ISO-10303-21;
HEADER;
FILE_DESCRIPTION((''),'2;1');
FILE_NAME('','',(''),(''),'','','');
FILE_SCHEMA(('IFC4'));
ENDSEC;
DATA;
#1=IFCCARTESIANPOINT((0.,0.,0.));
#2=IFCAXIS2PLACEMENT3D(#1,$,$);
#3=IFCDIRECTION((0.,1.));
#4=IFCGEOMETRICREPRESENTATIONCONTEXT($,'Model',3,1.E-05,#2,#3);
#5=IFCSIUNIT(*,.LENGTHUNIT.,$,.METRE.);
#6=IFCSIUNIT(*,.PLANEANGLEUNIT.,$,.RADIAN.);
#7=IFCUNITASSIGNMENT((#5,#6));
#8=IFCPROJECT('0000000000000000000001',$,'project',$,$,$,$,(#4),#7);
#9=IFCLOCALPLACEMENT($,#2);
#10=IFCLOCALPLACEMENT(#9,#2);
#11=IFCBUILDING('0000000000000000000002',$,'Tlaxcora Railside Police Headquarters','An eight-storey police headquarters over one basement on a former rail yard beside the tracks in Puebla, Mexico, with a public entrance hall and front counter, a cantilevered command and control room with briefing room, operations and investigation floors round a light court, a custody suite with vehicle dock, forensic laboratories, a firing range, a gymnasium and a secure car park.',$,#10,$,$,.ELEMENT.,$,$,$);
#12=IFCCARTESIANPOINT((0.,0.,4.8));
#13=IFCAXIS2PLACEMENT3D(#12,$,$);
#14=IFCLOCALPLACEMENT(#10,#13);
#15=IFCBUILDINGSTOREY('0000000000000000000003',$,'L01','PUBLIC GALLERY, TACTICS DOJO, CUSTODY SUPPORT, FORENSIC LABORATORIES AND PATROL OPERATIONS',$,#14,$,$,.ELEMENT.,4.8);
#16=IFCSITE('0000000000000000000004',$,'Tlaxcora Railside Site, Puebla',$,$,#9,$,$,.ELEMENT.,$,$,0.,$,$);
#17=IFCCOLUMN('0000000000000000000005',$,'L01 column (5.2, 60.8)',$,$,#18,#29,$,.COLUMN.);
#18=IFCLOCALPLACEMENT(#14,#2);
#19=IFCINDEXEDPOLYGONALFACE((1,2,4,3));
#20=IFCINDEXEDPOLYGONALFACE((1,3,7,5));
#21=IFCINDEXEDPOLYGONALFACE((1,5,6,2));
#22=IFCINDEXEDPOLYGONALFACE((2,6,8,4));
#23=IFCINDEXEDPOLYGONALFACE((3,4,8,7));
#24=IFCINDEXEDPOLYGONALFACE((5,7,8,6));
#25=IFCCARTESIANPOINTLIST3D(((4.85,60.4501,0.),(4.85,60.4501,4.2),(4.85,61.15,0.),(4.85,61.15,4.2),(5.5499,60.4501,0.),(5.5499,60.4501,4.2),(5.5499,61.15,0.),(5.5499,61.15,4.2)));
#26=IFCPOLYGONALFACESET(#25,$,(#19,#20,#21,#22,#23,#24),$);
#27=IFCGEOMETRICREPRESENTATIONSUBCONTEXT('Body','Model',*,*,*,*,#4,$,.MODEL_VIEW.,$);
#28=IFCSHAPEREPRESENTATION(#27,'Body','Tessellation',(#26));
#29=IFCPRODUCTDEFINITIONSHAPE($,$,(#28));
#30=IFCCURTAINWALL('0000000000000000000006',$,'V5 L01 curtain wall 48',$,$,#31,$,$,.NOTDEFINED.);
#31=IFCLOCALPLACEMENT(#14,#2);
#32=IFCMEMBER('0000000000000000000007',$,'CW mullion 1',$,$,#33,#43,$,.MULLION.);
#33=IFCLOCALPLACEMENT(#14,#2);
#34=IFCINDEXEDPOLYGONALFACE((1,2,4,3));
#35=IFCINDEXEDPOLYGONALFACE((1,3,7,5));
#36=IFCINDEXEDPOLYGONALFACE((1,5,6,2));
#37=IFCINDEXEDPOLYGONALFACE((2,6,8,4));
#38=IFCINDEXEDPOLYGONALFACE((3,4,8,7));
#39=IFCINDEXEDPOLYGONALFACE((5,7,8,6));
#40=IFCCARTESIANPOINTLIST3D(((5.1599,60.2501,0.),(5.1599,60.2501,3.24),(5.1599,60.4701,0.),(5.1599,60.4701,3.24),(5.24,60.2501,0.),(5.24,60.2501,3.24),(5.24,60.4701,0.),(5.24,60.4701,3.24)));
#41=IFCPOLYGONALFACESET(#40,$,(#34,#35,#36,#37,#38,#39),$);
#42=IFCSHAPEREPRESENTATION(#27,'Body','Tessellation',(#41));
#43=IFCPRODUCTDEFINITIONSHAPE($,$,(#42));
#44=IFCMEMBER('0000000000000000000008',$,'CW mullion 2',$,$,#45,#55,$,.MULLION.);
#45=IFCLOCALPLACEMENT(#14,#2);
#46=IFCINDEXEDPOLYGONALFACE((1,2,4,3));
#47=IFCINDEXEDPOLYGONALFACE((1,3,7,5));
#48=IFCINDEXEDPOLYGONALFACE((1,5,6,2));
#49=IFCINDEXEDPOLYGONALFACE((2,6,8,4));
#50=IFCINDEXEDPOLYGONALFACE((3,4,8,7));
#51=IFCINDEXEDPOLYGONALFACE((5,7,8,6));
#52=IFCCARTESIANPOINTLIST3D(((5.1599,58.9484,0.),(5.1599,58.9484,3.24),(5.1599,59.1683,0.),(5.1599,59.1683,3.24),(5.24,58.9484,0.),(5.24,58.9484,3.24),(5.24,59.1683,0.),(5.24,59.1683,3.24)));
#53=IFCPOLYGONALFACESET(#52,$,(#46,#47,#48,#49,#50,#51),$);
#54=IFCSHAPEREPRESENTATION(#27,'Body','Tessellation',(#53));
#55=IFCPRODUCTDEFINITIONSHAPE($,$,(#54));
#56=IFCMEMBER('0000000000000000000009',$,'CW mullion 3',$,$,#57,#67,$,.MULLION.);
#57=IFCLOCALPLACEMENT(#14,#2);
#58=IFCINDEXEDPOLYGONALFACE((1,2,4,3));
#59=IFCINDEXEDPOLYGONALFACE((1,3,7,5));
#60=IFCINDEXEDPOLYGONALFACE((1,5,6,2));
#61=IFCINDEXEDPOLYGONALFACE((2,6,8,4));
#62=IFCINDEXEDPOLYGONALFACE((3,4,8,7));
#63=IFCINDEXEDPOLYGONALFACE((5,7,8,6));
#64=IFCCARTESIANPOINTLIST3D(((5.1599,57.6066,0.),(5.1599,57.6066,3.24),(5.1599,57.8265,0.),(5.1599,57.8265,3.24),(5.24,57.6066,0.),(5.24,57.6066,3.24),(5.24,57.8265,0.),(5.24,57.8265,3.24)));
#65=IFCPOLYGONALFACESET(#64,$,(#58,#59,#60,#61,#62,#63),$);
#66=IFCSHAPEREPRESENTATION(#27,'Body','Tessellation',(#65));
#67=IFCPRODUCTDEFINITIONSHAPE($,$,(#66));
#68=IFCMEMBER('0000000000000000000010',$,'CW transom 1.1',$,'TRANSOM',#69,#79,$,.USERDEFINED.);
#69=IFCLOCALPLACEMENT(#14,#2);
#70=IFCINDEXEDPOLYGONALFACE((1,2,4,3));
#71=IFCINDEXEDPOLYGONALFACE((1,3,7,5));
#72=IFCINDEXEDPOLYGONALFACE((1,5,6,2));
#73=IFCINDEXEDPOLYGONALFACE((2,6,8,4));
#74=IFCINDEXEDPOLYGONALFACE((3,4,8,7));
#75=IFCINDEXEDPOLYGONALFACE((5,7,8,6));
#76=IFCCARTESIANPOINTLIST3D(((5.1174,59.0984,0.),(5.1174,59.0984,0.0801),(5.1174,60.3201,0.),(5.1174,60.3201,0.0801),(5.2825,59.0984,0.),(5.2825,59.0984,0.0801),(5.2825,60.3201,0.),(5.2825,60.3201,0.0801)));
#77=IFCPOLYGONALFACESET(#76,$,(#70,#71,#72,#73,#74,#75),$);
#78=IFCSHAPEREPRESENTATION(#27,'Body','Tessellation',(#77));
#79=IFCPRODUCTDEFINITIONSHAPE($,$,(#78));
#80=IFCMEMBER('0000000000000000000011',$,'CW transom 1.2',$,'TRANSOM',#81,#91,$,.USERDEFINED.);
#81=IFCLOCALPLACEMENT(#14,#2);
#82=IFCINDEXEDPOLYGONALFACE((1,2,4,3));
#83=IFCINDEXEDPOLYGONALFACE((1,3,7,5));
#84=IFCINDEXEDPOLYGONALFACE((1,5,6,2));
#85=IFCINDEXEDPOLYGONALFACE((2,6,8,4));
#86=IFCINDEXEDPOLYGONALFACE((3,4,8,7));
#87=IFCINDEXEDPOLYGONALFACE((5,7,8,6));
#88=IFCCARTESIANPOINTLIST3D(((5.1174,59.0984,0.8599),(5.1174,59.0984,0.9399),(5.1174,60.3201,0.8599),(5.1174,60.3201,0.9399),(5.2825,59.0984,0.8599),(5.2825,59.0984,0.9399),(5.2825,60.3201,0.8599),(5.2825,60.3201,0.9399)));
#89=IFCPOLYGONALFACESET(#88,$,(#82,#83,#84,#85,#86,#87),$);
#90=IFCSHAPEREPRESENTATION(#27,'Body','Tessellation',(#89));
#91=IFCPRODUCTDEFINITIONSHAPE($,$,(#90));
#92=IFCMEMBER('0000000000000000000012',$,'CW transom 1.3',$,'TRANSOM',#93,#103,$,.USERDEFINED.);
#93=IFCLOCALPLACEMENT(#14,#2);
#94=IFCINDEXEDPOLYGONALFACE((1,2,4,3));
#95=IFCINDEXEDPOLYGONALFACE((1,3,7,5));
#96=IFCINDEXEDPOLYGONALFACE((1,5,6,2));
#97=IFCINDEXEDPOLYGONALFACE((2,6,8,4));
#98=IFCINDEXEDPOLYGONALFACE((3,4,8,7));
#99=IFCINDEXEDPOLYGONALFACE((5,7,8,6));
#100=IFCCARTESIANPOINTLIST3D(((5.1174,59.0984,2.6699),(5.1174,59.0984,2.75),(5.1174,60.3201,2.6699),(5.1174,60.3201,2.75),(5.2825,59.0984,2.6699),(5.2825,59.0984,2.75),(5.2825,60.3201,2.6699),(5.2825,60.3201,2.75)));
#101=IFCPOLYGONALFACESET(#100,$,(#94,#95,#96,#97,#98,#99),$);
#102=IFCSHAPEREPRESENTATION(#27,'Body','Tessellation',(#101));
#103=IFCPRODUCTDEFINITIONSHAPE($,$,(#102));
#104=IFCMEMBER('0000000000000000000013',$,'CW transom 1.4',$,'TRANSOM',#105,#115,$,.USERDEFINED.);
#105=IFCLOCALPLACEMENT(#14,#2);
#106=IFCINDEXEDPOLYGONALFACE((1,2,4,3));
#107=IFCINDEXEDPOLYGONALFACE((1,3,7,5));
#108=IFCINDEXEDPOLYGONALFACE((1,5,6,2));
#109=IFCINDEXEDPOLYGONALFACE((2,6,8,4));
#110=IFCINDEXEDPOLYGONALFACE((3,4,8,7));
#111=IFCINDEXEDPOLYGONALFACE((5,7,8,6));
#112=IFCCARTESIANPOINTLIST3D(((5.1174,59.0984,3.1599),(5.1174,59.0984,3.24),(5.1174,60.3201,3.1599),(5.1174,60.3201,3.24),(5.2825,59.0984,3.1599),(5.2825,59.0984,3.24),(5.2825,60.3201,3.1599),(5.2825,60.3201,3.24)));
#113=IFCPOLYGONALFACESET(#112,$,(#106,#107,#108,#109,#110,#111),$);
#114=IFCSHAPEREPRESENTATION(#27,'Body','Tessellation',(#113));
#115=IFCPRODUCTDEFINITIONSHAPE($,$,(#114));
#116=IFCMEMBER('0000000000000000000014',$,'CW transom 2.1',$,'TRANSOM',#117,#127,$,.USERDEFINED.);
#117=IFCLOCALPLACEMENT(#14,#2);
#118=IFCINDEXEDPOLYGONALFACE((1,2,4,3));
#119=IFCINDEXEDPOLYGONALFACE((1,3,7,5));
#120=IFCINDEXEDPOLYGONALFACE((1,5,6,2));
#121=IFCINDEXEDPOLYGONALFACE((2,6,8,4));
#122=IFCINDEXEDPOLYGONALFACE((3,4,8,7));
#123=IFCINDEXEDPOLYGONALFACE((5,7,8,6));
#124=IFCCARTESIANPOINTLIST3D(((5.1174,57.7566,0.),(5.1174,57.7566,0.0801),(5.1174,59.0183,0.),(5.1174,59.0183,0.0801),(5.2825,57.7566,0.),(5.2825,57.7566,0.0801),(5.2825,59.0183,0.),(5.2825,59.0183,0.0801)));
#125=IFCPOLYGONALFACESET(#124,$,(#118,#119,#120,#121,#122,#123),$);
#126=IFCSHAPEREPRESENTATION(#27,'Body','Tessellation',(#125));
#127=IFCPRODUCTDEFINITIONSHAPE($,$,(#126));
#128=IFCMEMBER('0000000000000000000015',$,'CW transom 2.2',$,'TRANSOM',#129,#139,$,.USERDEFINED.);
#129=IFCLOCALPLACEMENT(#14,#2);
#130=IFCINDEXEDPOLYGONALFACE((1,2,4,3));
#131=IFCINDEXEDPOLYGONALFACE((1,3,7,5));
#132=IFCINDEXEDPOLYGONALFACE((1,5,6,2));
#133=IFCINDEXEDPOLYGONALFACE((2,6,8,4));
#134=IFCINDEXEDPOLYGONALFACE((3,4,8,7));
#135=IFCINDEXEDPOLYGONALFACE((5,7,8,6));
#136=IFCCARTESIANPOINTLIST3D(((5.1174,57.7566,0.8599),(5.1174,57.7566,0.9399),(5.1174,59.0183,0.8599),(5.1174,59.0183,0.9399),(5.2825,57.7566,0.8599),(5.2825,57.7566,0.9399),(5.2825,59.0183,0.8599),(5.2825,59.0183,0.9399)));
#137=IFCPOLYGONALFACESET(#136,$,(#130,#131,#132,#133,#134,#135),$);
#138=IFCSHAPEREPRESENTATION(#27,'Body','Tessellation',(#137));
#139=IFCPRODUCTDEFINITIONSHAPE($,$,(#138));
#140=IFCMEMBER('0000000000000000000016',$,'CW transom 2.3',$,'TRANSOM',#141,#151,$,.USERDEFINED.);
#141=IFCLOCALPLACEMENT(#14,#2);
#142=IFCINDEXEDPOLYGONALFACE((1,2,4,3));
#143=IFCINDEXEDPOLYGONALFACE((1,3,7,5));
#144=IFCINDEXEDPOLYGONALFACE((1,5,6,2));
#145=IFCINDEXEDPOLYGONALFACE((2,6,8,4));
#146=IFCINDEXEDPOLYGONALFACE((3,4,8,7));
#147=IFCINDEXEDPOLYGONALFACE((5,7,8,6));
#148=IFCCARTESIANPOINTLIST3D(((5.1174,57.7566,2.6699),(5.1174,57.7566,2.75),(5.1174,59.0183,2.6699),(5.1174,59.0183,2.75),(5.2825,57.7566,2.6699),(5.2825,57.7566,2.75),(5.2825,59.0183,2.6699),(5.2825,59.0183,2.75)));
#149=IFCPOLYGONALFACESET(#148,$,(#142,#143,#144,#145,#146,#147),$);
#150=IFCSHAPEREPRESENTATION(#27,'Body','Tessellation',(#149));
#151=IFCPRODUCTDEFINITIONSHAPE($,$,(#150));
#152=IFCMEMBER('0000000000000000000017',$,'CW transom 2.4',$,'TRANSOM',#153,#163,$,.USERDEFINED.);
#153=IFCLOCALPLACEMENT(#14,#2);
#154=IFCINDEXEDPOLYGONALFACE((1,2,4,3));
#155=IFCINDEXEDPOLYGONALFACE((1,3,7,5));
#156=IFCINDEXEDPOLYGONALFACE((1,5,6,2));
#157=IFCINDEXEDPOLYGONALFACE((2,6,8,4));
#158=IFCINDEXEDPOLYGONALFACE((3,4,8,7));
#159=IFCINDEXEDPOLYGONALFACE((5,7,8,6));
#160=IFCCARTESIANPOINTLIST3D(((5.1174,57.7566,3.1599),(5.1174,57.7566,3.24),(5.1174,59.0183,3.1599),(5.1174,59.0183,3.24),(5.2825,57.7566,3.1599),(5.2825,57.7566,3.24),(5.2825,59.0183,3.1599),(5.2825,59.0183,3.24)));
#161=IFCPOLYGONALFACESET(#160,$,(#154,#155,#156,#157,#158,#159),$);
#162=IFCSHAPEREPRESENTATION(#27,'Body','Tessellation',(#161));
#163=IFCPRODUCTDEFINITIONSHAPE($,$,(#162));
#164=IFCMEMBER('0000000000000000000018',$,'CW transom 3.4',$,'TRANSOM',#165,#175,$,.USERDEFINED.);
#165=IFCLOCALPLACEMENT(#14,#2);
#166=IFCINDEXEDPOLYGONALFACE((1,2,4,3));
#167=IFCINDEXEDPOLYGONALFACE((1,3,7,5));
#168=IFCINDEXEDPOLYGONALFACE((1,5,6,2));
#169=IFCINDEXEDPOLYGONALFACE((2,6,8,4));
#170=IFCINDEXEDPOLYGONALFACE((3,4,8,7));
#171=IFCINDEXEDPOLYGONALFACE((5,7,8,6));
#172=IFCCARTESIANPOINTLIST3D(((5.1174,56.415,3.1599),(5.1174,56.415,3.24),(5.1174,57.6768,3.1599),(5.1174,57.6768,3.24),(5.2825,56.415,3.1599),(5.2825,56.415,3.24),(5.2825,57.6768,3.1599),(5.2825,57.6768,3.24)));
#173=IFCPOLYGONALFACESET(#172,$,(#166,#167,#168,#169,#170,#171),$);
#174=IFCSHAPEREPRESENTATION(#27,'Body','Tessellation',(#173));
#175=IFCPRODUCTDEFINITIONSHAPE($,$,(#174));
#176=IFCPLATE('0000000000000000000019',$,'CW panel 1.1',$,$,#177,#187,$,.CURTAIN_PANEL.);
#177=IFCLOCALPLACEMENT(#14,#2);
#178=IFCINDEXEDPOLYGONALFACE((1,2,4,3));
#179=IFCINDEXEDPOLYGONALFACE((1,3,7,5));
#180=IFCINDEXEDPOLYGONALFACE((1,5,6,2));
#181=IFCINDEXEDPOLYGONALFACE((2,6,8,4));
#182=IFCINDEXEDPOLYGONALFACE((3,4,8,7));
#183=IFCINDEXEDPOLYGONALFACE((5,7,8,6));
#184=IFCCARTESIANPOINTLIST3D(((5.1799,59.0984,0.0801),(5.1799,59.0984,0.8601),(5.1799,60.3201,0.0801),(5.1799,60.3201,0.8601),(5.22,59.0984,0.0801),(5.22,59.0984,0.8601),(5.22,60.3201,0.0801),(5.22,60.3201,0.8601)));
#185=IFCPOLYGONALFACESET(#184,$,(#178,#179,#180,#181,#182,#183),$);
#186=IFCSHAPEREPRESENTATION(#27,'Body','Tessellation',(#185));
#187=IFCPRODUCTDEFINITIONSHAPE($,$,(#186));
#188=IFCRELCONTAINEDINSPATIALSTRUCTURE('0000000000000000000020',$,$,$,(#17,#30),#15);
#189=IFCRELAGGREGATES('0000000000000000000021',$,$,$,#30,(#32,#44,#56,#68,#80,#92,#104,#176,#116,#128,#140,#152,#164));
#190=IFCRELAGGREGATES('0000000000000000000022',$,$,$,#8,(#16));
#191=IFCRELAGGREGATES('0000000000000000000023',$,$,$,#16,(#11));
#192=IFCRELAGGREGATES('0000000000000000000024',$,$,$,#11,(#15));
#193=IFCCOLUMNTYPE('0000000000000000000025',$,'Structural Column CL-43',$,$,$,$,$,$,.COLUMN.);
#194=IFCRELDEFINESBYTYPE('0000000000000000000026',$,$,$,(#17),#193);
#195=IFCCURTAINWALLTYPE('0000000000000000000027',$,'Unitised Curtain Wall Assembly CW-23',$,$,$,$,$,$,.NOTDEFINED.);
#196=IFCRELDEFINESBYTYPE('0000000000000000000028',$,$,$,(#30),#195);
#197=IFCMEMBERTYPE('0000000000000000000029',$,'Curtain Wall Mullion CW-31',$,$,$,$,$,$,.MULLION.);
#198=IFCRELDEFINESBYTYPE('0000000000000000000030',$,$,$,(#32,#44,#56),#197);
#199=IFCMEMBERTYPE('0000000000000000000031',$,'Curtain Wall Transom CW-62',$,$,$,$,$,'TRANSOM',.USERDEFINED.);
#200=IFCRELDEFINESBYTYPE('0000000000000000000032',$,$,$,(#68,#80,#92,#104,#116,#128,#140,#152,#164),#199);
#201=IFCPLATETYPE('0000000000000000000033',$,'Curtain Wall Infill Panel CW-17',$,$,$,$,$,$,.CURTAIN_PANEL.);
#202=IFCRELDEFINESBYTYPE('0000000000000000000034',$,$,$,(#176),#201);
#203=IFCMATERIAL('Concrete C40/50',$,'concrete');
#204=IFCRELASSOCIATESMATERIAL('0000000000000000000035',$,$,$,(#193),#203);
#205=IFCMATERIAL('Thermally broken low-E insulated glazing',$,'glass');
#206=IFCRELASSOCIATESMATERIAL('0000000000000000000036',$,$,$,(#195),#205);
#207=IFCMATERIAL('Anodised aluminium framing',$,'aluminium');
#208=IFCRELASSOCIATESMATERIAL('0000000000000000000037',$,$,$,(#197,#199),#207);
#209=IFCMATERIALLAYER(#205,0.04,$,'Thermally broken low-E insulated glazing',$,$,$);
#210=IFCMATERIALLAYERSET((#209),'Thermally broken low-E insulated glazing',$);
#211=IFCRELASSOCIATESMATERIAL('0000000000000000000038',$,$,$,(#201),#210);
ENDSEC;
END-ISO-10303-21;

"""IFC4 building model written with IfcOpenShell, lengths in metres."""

from ifc_helpers import new_model, si_unit, direction, frame, origin, origin_2d, place, context, subcontext, project, spatial, rectangle, extrude, material, layer, layer_set, material_profile, profile_set, type_object, element, aggregate, save


model = new_model("IFC4")

# Units and contexts
model_context = context("Model", 3, precision=1e-05, world=origin(), true_north=direction((0.0, 1.0)))
body_context = subcontext(model_context, "Body", "Model", "MODEL_VIEW")
ifc_project = project(units=[si_unit("LENGTHUNIT", "METRE"), si_unit("PLANEANGLEUNIT", "RADIAN")], contexts=[model_context])

# Site, building, storey
site_placement = place(None, origin())
site = spatial("IfcSite", under=ifc_project, at=site_placement, Name="Tlaxcora Railside Site, Puebla", CompositionType="ELEMENT", RefElevation=0.0)
building_placement = place(site_placement, origin())
building = spatial("IfcBuilding", under=site, at=building_placement, Name="Tlaxcora Railside Police Headquarters", Description="An eight-storey police headquarters over one basement on a former rail yard beside the tracks in Puebla, Mexico, with a public entrance hall and front counter, a cantilevered command and control room with briefing room, operations and investigation floors round a light court, a custody suite with vehicle dock, forensic laboratories, a firing range, a gymnasium and a secure car park.", CompositionType="ELEMENT")
storey_placement = place(building_placement, frame((0.0, 0.0, 4.8)))
storey = spatial("IfcBuildingStorey", under=building, at=storey_placement, Name="L01", Description="PUBLIC GALLERY, TACTICS DOJO, CUSTODY SUPPORT, FORENSIC LABORATORIES AND PATROL OPERATIONS", CompositionType="ELEMENT", Elevation=4.8)

# Column
ifc_material_1 = material(Name="Concrete C40/50", Category="concrete")
ifc_material_profile_1 = material_profile(ifc_material_1, rectangle(XDim=0.7, YDim=0.7, at=origin_2d()), Name="RC700X700")
ifc_profile_set_1 = profile_set([ifc_material_profile_1], Name="Concrete C40/50")
column_type = type_object("IfcColumnType", Name="Structural Column CL-43", PredefinedType="COLUMN", material=ifc_profile_set_1)
column_placement = place(storey_placement, frame((5.2, 60.8, 0.0), z_axis=(0.0, 0.0, 1.0), x_axis=(1.0, 0.0, 0.0)))
element("IfcColumn", 1, at=column_placement, inside=storey, type_object=column_type, Name="L01 column (5.2, 60.8)", PredefinedType="COLUMN", context=body_context, shape_type="SweptSolid", body=[
    extrude(rectangle(XDim=0.7, YDim=0.7, at=origin_2d()), origin(), (0.0, 0.0, 1.0), 4.2),
])

# Curtain wall, members, plate
ifc_material_2 = material(Name="Thermally broken low-E insulated glazing", Category="glass")
curtain_wall_type = type_object("IfcCurtainWallType", Name="Unitised Curtain Wall Assembly CW-23", PredefinedType="NOTDEFINED", material=ifc_material_2)
curtain_wall_placement = place(storey_placement, origin())
curtain_wall = element("IfcCurtainWall", 2, at=curtain_wall_placement, inside=storey, type_object=curtain_wall_type, Name="V5 L01 curtain wall 48", PredefinedType="NOTDEFINED")
ifc_material_3 = material(Name="Anodised aluminium framing", Category="aluminium")
ifc_material_profile_2 = material_profile(ifc_material_3, rectangle(XDim=0.0801, YDim=0.22, at=origin_2d()), Name="AL80X220")
ifc_profile_set_2 = profile_set([ifc_material_profile_2], Name="Anodised aluminium framing")
member_type_1 = type_object("IfcMemberType", Name="Curtain Wall Mullion CW-31", PredefinedType="MULLION", material=ifc_profile_set_2)
member_1_placement = place(storey_placement, frame((5.2, 60.3601, 0.0), z_axis=(0.0, 0.0, 1.0), x_axis=(1.0, 0.0, 0.0)))
member_1 = element("IfcMember", 3, at=member_1_placement, type_object=member_type_1, Name="CW mullion 1", PredefinedType="MULLION", context=body_context, shape_type="SweptSolid", body=[
    extrude(rectangle(XDim=0.0801, YDim=0.22, at=origin_2d()), origin(), (0.0, 0.0, 1.0), 3.24),
])
member_2_placement = place(storey_placement, frame((5.2, 59.0583, 0.0), z_axis=(0.0, 0.0, 1.0), x_axis=(1.0, 0.0, 0.0)))
member_2 = element("IfcMember", 4, at=member_2_placement, type_object=member_type_1, Name="CW mullion 2", PredefinedType="MULLION", context=body_context, shape_type="SweptSolid", body=[
    extrude(rectangle(XDim=0.0801, YDim=0.22, at=origin_2d()), origin(), (0.0, 0.0, 1.0), 3.24),
])
member_3_placement = place(storey_placement, frame((5.2, 57.7166, 0.0), z_axis=(0.0, 0.0, 1.0), x_axis=(1.0, 0.0, 0.0)))
member_3 = element("IfcMember", 5, at=member_3_placement, type_object=member_type_1, Name="CW mullion 3", PredefinedType="MULLION", context=body_context, shape_type="SweptSolid", body=[
    extrude(rectangle(XDim=0.0801, YDim=0.22, at=origin_2d()), origin(), (0.0, 0.0, 1.0), 3.24),
])
ifc_material_profile_3 = material_profile(ifc_material_3, rectangle(XDim=0.165, YDim=0.0801, at=origin_2d()), Name="AL80X165")
ifc_profile_set_3 = profile_set([ifc_material_profile_3], Name="Anodised aluminium framing")
member_type_2 = type_object("IfcMemberType", Name="Curtain Wall Transom CW-62", ElementType="TRANSOM", PredefinedType="USERDEFINED", material=ifc_profile_set_3)
member_4_placement = place(storey_placement, frame((5.2, 60.3201, 0.04), z_axis=(0.0, -1.0, 0.0), x_axis=(1.0, 0.0, 0.0)))
member_4 = element("IfcMember", 6, at=member_4_placement, type_object=member_type_2, Name="CW transom 1.1", ObjectType="TRANSOM", PredefinedType="USERDEFINED", context=body_context, shape_type="SweptSolid", body=[
    extrude(rectangle(XDim=0.165, YDim=0.0801, at=origin_2d()), origin(), (0.0, 0.0, 1.0), 1.2217),
])
member_5_placement = place(storey_placement, frame((5.2, 60.3201, 0.8999), z_axis=(0.0, -1.0, 0.0), x_axis=(1.0, 0.0, 0.0)))
member_5 = element("IfcMember", 7, at=member_5_placement, type_object=member_type_2, Name="CW transom 1.2", ObjectType="TRANSOM", PredefinedType="USERDEFINED", context=body_context, shape_type="SweptSolid", body=[
    extrude(rectangle(XDim=0.165, YDim=0.0801, at=origin_2d()), origin(), (0.0, 0.0, 1.0), 1.2217),
])
member_6_placement = place(storey_placement, frame((5.2, 60.3201, 2.71), z_axis=(0.0, -1.0, 0.0), x_axis=(1.0, 0.0, 0.0)))
member_6 = element("IfcMember", 8, at=member_6_placement, type_object=member_type_2, Name="CW transom 1.3", ObjectType="TRANSOM", PredefinedType="USERDEFINED", context=body_context, shape_type="SweptSolid", body=[
    extrude(rectangle(XDim=0.165, YDim=0.0801, at=origin_2d()), origin(), (0.0, 0.0, 1.0), 1.2217),
])
member_7_placement = place(storey_placement, frame((5.2, 60.3201, 3.2), z_axis=(0.0, -1.0, 0.0), x_axis=(1.0, 0.0, 0.0)))
member_7 = element("IfcMember", 9, at=member_7_placement, type_object=member_type_2, Name="CW transom 1.4", ObjectType="TRANSOM", PredefinedType="USERDEFINED", context=body_context, shape_type="SweptSolid", body=[
    extrude(rectangle(XDim=0.165, YDim=0.0801, at=origin_2d()), origin(), (0.0, 0.0, 1.0), 1.2217),
])
member_8_placement = place(storey_placement, frame((5.2, 59.0183, 0.04), z_axis=(0.0, -1.0, 0.0), x_axis=(1.0, 0.0, 0.0)))
member_8 = element("IfcMember", 10, at=member_8_placement, type_object=member_type_2, Name="CW transom 2.1", ObjectType="TRANSOM", PredefinedType="USERDEFINED", context=body_context, shape_type="SweptSolid", body=[
    extrude(rectangle(XDim=0.165, YDim=0.0801, at=origin_2d()), origin(), (0.0, 0.0, 1.0), 1.2617),
])
member_9_placement = place(storey_placement, frame((5.2, 59.0183, 0.8999), z_axis=(0.0, -1.0, 0.0), x_axis=(1.0, 0.0, 0.0)))
member_9 = element("IfcMember", 11, at=member_9_placement, type_object=member_type_2, Name="CW transom 2.2", ObjectType="TRANSOM", PredefinedType="USERDEFINED", context=body_context, shape_type="SweptSolid", body=[
    extrude(rectangle(XDim=0.165, YDim=0.0801, at=origin_2d()), origin(), (0.0, 0.0, 1.0), 1.2617),
])
member_10_placement = place(storey_placement, frame((5.2, 59.0183, 2.71), z_axis=(0.0, -1.0, 0.0), x_axis=(1.0, 0.0, 0.0)))
member_10 = element("IfcMember", 12, at=member_10_placement, type_object=member_type_2, Name="CW transom 2.3", ObjectType="TRANSOM", PredefinedType="USERDEFINED", context=body_context, shape_type="SweptSolid", body=[
    extrude(rectangle(XDim=0.165, YDim=0.0801, at=origin_2d()), origin(), (0.0, 0.0, 1.0), 1.2617),
])
member_11_placement = place(storey_placement, frame((5.2, 59.0183, 3.2), z_axis=(0.0, -1.0, 0.0), x_axis=(1.0, 0.0, 0.0)))
member_11 = element("IfcMember", 13, at=member_11_placement, type_object=member_type_2, Name="CW transom 2.4", ObjectType="TRANSOM", PredefinedType="USERDEFINED", context=body_context, shape_type="SweptSolid", body=[
    extrude(rectangle(XDim=0.165, YDim=0.0801, at=origin_2d()), origin(), (0.0, 0.0, 1.0), 1.2617),
])
member_12_placement = place(storey_placement, frame((5.2, 57.6768, 3.2), z_axis=(0.0, -1.0, 0.0), x_axis=(1.0, 0.0, 0.0)))
member_12 = element("IfcMember", 14, at=member_12_placement, type_object=member_type_2, Name="CW transom 3.4", ObjectType="TRANSOM", PredefinedType="USERDEFINED", context=body_context, shape_type="SweptSolid", body=[
    extrude(rectangle(XDim=0.165, YDim=0.0801, at=origin_2d()), origin(), (0.0, 0.0, 1.0), 1.2617),
])
ifc_layer_1 = layer(ifc_material_2, 0.04, Name="Thermally broken low-E insulated glazing")
ifc_layer_set_1 = layer_set([ifc_layer_1], Name="Thermally broken low-E insulated glazing")
plate_type = type_object("IfcPlateType", Name="Curtain Wall Infill Panel CW-17", PredefinedType="CURTAIN_PANEL", material=ifc_layer_set_1)
plate_1_placement = place(storey_placement, frame((5.2, 59.7092, 0.0801), z_axis=(0.0, 0.0, 1.0), x_axis=(0.0, -1.0, 0.0)))
plate_1 = element("IfcPlate", 15, at=plate_1_placement, type_object=plate_type, Name="CW panel 1.1", PredefinedType="CURTAIN_PANEL", context=body_context, shape_type="SweptSolid", body=[
    extrude(rectangle(XDim=1.2217, YDim=0.04, at=origin_2d()), origin(), (0.0, 0.0, 1.0), 0.78),
])
aggregate(curtain_wall, [member_1, member_2, member_3, member_4, member_5, member_6, member_7, plate_1, member_8, member_9, member_10, member_11, member_12])

save(model, "model.ifc")
